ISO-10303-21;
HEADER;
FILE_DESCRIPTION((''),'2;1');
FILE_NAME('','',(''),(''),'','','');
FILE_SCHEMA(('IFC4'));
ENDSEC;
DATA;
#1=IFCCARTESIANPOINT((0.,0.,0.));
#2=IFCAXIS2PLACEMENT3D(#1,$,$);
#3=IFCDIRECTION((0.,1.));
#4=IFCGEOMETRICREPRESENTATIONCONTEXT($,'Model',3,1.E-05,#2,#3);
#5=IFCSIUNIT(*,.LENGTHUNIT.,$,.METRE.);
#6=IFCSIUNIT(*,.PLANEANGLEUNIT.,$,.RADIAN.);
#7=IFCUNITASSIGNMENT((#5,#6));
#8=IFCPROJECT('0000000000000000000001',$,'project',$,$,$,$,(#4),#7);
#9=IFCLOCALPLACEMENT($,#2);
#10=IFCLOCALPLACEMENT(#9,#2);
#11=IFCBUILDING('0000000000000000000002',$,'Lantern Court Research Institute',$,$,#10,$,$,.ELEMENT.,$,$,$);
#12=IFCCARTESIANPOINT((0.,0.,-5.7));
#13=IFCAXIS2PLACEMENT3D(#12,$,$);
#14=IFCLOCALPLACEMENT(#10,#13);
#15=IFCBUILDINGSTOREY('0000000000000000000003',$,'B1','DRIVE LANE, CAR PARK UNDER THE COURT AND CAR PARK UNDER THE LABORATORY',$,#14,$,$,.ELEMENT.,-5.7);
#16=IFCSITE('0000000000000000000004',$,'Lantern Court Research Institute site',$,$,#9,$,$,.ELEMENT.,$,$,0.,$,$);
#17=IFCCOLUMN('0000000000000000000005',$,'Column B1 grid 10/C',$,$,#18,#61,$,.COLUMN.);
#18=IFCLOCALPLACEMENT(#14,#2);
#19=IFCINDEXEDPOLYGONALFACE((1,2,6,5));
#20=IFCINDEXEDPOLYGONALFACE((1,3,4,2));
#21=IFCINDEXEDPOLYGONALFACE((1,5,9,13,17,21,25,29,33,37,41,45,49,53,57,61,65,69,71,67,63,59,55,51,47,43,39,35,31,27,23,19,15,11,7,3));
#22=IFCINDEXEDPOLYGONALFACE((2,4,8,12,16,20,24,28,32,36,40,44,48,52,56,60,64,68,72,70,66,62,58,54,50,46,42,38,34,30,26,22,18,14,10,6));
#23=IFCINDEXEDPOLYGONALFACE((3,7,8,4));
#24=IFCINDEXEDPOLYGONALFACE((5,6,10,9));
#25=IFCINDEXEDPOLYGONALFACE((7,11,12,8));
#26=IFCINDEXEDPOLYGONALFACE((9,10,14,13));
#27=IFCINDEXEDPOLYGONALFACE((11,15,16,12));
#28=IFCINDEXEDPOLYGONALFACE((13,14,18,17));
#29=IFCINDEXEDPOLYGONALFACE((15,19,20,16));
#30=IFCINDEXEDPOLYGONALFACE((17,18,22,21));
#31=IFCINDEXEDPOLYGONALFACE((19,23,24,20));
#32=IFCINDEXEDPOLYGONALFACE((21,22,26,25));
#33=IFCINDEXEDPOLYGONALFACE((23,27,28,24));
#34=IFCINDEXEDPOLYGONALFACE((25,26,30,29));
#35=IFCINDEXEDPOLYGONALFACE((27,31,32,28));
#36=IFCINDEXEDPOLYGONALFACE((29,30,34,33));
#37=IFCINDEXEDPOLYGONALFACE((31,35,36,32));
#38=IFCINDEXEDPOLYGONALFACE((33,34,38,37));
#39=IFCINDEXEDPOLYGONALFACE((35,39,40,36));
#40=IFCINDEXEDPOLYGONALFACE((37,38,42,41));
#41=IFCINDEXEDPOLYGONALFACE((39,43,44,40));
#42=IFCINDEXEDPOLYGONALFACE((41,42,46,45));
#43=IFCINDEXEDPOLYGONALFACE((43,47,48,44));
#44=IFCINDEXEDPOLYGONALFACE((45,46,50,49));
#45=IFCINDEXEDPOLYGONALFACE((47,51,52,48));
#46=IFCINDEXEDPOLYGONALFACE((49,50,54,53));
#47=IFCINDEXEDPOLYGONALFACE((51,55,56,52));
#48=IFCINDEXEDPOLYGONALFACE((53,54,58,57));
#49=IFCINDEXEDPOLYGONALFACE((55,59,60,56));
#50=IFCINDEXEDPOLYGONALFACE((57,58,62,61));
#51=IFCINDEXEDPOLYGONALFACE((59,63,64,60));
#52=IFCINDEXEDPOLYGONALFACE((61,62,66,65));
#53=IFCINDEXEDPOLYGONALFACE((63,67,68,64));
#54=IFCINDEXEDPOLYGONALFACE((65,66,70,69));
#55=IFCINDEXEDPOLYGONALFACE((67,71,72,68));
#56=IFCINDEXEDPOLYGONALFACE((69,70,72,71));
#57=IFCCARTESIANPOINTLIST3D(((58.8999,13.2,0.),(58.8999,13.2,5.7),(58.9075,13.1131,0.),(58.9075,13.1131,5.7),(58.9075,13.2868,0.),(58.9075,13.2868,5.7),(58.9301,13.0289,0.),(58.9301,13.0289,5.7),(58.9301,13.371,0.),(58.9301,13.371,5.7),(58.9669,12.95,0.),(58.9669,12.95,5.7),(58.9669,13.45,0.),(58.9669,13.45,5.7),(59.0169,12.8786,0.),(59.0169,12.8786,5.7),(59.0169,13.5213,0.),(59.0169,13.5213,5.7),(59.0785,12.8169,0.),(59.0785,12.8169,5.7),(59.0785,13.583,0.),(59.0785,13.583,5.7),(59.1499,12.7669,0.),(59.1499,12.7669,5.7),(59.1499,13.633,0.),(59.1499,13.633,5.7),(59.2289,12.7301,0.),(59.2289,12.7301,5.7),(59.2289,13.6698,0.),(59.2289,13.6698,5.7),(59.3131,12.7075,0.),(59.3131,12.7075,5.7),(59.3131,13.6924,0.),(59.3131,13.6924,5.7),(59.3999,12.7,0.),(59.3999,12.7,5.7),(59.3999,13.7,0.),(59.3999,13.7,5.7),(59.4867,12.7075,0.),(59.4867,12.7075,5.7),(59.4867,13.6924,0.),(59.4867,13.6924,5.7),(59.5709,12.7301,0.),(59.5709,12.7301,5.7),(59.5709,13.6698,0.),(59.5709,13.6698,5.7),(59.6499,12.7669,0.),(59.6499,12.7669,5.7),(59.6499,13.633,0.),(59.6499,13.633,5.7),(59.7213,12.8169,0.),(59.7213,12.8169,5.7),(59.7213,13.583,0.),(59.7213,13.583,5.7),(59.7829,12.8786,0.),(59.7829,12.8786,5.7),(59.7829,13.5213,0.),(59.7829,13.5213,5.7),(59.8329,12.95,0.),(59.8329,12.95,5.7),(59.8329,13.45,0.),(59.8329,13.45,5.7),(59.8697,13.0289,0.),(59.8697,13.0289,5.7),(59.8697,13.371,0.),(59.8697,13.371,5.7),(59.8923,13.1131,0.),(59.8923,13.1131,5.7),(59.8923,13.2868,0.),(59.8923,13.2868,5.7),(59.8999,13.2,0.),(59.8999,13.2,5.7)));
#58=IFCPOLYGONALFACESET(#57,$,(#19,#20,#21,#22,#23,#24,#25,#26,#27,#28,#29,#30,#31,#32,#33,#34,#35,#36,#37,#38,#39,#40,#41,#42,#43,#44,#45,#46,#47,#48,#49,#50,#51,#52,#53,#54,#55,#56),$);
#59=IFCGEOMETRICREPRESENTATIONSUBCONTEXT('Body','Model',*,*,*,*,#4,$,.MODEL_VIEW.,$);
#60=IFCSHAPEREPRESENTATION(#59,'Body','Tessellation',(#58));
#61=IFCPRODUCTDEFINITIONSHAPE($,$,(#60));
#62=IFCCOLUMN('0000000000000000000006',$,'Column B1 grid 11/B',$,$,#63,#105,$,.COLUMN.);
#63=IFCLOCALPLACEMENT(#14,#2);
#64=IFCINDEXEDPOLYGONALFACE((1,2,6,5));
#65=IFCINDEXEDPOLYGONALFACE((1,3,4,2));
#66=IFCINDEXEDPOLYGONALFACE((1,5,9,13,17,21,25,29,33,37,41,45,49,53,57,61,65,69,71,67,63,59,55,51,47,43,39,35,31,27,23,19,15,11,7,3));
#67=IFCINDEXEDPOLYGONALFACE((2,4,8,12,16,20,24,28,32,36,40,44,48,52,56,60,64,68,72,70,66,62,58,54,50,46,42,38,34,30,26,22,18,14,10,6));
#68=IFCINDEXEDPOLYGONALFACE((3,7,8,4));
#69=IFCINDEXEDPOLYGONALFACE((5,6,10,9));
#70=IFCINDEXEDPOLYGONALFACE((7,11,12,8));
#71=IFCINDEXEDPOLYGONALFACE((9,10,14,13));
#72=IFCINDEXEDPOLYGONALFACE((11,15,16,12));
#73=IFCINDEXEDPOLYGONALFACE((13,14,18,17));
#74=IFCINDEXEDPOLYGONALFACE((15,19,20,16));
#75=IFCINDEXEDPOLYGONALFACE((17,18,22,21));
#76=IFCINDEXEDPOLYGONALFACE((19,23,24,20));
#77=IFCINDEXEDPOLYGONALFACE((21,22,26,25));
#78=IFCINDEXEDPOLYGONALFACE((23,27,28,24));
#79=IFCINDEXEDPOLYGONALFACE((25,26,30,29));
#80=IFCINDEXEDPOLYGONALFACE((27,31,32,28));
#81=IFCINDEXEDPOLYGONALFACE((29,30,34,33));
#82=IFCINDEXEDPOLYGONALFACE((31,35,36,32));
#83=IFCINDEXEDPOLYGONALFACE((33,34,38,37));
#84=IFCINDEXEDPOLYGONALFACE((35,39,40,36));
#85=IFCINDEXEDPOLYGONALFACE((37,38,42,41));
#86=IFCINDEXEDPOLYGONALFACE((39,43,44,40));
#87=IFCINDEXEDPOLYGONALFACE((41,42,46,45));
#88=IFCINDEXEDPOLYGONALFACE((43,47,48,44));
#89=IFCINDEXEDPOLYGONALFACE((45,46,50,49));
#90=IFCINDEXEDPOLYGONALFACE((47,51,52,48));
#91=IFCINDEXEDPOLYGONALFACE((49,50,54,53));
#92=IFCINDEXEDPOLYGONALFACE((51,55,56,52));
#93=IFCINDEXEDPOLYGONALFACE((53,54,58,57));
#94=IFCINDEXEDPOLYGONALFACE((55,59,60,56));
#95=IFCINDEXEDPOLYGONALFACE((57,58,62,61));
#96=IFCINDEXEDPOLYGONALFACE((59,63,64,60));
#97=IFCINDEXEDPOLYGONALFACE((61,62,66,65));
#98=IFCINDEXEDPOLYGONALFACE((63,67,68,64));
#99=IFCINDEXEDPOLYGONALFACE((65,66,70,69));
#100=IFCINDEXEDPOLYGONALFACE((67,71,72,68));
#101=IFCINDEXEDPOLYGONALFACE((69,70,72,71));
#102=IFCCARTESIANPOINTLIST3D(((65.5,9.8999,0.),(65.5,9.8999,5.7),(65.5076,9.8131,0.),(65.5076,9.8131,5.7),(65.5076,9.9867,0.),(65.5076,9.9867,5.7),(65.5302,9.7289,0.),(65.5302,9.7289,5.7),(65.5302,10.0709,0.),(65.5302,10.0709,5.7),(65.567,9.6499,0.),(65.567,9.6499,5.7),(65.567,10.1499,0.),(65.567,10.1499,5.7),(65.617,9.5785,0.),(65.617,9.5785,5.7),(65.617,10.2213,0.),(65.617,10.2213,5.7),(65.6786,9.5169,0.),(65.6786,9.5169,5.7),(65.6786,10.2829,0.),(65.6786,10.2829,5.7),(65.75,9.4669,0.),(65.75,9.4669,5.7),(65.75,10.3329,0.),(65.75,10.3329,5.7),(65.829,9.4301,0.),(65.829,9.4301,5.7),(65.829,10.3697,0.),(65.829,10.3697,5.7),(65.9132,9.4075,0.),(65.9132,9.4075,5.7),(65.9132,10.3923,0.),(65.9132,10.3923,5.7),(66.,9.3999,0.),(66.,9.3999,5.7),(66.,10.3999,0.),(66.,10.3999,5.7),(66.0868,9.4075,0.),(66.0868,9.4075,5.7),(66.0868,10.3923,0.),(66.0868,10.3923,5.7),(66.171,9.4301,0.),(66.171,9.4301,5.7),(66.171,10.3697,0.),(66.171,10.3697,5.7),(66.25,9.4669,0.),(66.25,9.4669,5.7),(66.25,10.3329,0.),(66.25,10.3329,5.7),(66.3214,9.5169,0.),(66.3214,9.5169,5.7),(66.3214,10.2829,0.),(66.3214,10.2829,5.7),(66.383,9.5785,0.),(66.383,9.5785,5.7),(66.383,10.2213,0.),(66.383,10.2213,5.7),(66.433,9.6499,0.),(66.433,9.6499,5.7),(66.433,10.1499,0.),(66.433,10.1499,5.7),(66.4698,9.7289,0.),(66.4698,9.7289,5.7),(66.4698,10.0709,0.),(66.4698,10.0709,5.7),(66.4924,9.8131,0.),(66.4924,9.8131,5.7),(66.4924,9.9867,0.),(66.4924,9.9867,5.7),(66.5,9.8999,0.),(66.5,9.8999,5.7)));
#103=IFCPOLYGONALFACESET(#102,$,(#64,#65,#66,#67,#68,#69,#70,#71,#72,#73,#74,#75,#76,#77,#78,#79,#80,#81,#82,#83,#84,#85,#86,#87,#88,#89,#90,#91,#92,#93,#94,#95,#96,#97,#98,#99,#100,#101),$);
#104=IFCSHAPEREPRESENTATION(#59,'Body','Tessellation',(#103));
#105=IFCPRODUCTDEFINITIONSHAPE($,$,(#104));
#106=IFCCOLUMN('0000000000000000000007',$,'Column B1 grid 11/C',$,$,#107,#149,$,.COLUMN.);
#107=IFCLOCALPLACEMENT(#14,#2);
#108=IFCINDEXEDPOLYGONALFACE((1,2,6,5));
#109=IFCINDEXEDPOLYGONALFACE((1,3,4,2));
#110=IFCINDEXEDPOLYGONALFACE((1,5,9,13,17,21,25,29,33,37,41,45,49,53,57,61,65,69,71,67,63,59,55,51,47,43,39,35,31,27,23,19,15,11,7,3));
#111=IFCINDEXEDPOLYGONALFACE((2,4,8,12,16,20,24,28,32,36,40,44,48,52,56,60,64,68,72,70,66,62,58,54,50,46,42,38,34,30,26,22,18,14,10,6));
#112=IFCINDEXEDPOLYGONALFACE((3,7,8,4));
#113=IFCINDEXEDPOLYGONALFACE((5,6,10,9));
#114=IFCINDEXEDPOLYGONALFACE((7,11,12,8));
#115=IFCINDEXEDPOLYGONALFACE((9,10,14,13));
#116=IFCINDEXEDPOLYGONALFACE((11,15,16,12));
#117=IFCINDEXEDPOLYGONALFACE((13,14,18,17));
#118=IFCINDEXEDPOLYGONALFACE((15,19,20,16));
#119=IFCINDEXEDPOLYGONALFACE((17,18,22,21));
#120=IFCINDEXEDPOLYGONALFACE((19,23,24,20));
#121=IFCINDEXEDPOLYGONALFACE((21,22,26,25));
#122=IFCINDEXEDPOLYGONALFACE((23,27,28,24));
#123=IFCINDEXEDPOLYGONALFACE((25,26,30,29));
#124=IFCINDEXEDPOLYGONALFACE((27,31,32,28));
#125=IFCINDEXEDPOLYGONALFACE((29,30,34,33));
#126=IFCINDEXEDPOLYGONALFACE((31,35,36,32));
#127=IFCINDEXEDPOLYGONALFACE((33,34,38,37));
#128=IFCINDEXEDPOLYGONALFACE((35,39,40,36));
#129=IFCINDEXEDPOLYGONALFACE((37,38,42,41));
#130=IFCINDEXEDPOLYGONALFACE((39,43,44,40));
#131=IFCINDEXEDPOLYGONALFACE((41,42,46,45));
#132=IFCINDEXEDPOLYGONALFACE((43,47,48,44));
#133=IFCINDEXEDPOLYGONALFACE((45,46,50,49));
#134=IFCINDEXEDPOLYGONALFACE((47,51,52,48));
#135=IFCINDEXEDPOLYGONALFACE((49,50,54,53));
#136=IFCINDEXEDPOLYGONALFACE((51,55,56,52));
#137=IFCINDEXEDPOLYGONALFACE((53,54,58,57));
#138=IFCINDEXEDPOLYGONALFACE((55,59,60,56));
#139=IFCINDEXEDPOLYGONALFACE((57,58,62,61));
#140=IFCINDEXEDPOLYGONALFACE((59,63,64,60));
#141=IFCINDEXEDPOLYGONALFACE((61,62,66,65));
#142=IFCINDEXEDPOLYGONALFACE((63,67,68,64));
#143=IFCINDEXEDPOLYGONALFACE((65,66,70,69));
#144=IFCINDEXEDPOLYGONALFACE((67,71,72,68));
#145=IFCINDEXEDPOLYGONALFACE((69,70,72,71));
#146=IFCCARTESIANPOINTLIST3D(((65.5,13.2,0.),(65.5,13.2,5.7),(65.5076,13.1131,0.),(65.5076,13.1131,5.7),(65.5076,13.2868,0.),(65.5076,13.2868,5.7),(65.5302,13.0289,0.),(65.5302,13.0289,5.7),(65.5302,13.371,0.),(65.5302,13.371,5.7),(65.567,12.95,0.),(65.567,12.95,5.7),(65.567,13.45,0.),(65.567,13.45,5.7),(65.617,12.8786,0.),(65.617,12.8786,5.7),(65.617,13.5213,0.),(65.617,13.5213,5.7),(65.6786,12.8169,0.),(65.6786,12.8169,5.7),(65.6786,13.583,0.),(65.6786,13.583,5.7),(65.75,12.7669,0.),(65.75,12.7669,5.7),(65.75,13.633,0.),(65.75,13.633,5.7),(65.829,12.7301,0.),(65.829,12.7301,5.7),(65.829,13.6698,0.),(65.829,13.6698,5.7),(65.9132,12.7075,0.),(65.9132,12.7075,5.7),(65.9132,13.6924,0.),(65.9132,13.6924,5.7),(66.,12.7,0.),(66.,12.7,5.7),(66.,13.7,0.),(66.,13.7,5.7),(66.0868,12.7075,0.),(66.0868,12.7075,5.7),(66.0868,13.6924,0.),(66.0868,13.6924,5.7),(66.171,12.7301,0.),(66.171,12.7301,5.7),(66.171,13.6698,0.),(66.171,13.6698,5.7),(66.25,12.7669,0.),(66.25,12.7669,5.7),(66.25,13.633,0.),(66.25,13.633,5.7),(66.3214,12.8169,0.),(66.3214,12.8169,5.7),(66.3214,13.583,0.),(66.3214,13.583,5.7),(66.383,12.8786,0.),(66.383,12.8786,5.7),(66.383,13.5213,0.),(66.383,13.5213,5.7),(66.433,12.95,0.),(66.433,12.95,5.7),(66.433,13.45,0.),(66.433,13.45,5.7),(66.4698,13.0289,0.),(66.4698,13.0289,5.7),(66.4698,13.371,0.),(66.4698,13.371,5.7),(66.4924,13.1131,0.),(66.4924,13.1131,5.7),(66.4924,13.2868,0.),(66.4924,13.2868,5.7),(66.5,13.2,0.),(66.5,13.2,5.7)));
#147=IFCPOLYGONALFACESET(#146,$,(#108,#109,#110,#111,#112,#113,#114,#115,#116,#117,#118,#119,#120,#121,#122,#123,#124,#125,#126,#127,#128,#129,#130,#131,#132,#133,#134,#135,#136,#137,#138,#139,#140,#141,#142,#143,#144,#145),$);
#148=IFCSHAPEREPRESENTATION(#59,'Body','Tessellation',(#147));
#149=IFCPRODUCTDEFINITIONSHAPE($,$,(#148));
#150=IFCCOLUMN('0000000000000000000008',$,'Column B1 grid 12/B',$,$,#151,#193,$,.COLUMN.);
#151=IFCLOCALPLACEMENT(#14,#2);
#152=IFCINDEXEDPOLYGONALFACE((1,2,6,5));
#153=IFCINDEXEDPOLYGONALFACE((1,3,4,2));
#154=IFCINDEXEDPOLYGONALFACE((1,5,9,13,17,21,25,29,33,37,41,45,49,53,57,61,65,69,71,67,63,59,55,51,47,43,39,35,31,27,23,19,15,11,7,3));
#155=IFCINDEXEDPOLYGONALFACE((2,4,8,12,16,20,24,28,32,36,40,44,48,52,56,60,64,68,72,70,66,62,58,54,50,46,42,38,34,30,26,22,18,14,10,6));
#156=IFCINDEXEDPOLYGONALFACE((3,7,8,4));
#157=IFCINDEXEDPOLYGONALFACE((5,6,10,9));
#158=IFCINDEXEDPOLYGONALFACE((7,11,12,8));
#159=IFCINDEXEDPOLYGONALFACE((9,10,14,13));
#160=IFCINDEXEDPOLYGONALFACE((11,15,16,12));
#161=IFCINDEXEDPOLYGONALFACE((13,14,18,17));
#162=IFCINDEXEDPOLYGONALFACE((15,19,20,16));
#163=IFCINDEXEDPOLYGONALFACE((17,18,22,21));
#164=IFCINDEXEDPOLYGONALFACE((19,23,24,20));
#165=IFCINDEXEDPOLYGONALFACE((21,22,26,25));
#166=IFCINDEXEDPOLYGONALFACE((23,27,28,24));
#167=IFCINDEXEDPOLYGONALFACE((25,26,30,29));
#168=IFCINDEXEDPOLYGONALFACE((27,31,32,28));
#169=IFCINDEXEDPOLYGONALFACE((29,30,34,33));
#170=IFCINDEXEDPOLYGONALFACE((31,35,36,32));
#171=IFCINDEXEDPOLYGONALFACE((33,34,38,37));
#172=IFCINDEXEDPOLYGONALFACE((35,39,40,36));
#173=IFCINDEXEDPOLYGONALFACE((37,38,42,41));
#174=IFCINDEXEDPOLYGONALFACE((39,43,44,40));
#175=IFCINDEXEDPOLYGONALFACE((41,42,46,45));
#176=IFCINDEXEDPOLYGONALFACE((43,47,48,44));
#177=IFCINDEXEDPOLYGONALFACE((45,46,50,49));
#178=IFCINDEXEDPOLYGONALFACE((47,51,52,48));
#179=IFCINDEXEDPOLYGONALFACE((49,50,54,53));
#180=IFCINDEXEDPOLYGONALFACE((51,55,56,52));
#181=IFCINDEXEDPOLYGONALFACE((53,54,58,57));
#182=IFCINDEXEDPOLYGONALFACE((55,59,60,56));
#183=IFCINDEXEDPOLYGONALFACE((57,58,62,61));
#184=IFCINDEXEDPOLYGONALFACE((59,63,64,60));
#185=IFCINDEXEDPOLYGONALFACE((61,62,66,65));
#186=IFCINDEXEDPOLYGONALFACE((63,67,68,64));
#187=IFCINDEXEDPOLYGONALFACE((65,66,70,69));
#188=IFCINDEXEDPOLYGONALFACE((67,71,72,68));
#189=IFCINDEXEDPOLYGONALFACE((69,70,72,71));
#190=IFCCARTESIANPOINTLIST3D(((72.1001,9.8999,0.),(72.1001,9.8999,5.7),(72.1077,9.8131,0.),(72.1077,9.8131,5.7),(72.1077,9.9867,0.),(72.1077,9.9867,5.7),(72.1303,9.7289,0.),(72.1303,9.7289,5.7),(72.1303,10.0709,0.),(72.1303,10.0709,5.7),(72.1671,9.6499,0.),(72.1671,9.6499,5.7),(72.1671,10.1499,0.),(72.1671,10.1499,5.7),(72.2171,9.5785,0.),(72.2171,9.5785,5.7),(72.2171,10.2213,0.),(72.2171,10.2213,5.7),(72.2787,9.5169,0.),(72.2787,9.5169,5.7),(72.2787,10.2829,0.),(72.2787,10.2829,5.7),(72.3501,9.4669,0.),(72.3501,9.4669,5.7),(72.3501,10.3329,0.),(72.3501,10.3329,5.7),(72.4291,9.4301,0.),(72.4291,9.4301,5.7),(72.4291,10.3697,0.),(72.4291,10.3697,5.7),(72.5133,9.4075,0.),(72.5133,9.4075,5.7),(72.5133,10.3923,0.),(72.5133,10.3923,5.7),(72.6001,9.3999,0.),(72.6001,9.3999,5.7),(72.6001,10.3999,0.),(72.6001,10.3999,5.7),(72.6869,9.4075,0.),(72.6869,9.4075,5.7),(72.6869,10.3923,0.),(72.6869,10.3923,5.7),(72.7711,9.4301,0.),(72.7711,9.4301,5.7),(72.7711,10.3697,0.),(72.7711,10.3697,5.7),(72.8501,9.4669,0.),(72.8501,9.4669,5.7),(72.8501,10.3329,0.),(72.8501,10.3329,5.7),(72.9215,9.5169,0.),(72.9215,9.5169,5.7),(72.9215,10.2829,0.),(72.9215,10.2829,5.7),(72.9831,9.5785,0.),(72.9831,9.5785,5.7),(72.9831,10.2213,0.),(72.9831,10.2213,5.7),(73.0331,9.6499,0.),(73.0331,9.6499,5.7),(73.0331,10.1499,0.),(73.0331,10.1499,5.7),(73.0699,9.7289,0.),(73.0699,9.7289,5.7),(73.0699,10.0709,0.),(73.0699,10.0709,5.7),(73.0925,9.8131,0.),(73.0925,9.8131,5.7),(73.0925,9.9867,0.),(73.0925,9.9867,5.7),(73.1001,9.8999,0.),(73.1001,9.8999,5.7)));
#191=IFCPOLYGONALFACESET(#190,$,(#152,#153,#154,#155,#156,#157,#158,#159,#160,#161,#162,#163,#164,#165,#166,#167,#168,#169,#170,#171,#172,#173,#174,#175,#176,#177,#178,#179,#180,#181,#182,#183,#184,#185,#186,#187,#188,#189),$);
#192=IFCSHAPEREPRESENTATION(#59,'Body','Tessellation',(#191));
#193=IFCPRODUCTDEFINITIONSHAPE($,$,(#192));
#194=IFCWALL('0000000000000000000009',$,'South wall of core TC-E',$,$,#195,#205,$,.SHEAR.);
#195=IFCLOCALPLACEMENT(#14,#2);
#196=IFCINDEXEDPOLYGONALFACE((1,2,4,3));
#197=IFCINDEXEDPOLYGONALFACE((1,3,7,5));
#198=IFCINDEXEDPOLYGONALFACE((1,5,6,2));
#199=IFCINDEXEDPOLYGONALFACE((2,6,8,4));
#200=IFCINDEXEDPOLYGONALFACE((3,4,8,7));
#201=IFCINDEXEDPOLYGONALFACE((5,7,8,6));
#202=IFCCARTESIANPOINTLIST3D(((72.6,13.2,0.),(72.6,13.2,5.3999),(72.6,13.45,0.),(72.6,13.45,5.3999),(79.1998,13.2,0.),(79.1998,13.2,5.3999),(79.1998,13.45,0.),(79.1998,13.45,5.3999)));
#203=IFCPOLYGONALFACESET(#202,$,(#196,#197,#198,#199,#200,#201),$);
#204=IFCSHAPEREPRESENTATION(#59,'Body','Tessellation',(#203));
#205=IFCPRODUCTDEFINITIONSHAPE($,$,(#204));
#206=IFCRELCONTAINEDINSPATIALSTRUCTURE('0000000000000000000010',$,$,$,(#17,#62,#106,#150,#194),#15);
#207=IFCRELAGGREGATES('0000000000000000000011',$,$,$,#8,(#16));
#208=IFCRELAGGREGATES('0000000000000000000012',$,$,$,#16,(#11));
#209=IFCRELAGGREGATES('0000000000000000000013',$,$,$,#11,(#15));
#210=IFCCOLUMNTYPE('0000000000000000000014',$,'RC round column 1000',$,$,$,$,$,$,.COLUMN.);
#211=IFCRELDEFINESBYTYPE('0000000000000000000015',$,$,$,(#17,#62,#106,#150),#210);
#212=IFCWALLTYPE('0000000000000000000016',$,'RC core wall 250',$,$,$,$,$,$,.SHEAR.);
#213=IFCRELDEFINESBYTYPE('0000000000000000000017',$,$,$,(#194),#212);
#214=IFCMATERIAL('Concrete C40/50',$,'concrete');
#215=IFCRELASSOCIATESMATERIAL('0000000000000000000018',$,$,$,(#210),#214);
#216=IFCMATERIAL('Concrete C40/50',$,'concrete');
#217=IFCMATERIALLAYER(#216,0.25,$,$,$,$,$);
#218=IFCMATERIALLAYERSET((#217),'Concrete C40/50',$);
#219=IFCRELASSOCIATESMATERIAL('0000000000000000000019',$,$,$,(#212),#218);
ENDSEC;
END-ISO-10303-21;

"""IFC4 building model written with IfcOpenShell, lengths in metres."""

from ifc_helpers import new_model, si_unit, direction, frame, frame_2d, origin, origin_2d, place, context, subcontext, project, spatial, rectangle, circle, extrude, material, layer, layer_set, material_profile, profile_set, type_object, element, save


model = new_model("IFC4")

# Units and contexts
model_context = context("Model", 3, precision=1e-05, world=origin(), true_north=direction((0.0, 1.0)))
body_context = subcontext(model_context, "Body", "Model", "MODEL_VIEW")
ifc_project = project(units=[si_unit("LENGTHUNIT", "METRE"), si_unit("PLANEANGLEUNIT", "RADIAN")], contexts=[model_context])

# Site, building, storey
site_placement = place(None, origin())
site = spatial("IfcSite", under=ifc_project, at=site_placement, Name="Lantern Court Research Institute site", CompositionType="ELEMENT", RefElevation=0.0)
building_placement = place(site_placement, origin())
building = spatial("IfcBuilding", under=site, at=building_placement, Name="Lantern Court Research Institute", CompositionType="ELEMENT")
storey_placement = place(building_placement, frame((0.0, 0.0, -5.7)))
storey = spatial("IfcBuildingStorey", under=building, at=storey_placement, Name="B1", Description="DRIVE LANE, CAR PARK UNDER THE COURT AND CAR PARK UNDER THE LABORATORY", CompositionType="ELEMENT", Elevation=-5.7)

# Columns
ifc_material_1 = material(Name="Concrete C40/50", Category="concrete")
ifc_material_profile_1 = material_profile(ifc_material_1, circle(Radius=0.5, at=origin_2d()), Name="RC round column 1000")
ifc_profile_set_1 = profile_set([ifc_material_profile_1], Name="Concrete C40/50")
column_type = type_object("IfcColumnType", Name="RC round column 1000", PredefinedType="COLUMN", material=ifc_profile_set_1)
for number, where, z_axis, x_axis, name in (
    (1, (59.3999, 13.2, 0.0), (0.0, 0.0, 1.0), (1.0, 0.0, 0.0), "Column B1 grid 10/C"),
    (2, (66.0, 9.8999, 0.0), (0.0, 0.0, 1.0), (1.0, 0.0, 0.0), "Column B1 grid 11/B"),
    (3, (66.0, 13.2, 0.0), (0.0, 0.0, 1.0), (1.0, 0.0, 0.0), "Column B1 grid 11/C"),
    (4, (72.6001, 9.8999, 0.0), (0.0, 0.0, 1.0), (1.0, 0.0, 0.0), "Column B1 grid 12/B"),
):
    element("IfcColumn", number, at=place(storey_placement, frame(where, z_axis=z_axis, x_axis=x_axis)), inside=storey, type_object=column_type, Name=name, PredefinedType="COLUMN", context=body_context, shape_type="SweptSolid", body=[
        extrude(circle(Radius=0.5, at=origin_2d()), origin(), (0.0, 0.0, 1.0), 5.7),
    ])

# Wall
ifc_material_2 = material(Name="Concrete C40/50", Category="concrete")
ifc_layer_1 = layer(ifc_material_2, 0.25)
ifc_layer_set_1 = layer_set([ifc_layer_1], Name="Concrete C40/50")
wall_type_1 = type_object("IfcWallType", Name="RC core wall 250", PredefinedType="SHEAR", material=ifc_layer_set_1)
wall_1_placement = place(storey_placement, frame((72.6001, 13.325, 0.0), z_axis=(0.0, 0.0, 1.0), x_axis=(1.0, 0.0, 0.0)))
element("IfcWall", 5, at=wall_1_placement, inside=storey, type_object=wall_type_1, Name="South wall of core TC-E", PredefinedType="SHEAR", context=body_context, shape_type="SweptSolid", body=[
    extrude(rectangle(XDim=6.5999, YDim=0.25, at=frame_2d((3.2998, 0.0))), origin(), (0.0, 0.0, 1.0), 5.3999),
])

save(model, "model.ifc")
